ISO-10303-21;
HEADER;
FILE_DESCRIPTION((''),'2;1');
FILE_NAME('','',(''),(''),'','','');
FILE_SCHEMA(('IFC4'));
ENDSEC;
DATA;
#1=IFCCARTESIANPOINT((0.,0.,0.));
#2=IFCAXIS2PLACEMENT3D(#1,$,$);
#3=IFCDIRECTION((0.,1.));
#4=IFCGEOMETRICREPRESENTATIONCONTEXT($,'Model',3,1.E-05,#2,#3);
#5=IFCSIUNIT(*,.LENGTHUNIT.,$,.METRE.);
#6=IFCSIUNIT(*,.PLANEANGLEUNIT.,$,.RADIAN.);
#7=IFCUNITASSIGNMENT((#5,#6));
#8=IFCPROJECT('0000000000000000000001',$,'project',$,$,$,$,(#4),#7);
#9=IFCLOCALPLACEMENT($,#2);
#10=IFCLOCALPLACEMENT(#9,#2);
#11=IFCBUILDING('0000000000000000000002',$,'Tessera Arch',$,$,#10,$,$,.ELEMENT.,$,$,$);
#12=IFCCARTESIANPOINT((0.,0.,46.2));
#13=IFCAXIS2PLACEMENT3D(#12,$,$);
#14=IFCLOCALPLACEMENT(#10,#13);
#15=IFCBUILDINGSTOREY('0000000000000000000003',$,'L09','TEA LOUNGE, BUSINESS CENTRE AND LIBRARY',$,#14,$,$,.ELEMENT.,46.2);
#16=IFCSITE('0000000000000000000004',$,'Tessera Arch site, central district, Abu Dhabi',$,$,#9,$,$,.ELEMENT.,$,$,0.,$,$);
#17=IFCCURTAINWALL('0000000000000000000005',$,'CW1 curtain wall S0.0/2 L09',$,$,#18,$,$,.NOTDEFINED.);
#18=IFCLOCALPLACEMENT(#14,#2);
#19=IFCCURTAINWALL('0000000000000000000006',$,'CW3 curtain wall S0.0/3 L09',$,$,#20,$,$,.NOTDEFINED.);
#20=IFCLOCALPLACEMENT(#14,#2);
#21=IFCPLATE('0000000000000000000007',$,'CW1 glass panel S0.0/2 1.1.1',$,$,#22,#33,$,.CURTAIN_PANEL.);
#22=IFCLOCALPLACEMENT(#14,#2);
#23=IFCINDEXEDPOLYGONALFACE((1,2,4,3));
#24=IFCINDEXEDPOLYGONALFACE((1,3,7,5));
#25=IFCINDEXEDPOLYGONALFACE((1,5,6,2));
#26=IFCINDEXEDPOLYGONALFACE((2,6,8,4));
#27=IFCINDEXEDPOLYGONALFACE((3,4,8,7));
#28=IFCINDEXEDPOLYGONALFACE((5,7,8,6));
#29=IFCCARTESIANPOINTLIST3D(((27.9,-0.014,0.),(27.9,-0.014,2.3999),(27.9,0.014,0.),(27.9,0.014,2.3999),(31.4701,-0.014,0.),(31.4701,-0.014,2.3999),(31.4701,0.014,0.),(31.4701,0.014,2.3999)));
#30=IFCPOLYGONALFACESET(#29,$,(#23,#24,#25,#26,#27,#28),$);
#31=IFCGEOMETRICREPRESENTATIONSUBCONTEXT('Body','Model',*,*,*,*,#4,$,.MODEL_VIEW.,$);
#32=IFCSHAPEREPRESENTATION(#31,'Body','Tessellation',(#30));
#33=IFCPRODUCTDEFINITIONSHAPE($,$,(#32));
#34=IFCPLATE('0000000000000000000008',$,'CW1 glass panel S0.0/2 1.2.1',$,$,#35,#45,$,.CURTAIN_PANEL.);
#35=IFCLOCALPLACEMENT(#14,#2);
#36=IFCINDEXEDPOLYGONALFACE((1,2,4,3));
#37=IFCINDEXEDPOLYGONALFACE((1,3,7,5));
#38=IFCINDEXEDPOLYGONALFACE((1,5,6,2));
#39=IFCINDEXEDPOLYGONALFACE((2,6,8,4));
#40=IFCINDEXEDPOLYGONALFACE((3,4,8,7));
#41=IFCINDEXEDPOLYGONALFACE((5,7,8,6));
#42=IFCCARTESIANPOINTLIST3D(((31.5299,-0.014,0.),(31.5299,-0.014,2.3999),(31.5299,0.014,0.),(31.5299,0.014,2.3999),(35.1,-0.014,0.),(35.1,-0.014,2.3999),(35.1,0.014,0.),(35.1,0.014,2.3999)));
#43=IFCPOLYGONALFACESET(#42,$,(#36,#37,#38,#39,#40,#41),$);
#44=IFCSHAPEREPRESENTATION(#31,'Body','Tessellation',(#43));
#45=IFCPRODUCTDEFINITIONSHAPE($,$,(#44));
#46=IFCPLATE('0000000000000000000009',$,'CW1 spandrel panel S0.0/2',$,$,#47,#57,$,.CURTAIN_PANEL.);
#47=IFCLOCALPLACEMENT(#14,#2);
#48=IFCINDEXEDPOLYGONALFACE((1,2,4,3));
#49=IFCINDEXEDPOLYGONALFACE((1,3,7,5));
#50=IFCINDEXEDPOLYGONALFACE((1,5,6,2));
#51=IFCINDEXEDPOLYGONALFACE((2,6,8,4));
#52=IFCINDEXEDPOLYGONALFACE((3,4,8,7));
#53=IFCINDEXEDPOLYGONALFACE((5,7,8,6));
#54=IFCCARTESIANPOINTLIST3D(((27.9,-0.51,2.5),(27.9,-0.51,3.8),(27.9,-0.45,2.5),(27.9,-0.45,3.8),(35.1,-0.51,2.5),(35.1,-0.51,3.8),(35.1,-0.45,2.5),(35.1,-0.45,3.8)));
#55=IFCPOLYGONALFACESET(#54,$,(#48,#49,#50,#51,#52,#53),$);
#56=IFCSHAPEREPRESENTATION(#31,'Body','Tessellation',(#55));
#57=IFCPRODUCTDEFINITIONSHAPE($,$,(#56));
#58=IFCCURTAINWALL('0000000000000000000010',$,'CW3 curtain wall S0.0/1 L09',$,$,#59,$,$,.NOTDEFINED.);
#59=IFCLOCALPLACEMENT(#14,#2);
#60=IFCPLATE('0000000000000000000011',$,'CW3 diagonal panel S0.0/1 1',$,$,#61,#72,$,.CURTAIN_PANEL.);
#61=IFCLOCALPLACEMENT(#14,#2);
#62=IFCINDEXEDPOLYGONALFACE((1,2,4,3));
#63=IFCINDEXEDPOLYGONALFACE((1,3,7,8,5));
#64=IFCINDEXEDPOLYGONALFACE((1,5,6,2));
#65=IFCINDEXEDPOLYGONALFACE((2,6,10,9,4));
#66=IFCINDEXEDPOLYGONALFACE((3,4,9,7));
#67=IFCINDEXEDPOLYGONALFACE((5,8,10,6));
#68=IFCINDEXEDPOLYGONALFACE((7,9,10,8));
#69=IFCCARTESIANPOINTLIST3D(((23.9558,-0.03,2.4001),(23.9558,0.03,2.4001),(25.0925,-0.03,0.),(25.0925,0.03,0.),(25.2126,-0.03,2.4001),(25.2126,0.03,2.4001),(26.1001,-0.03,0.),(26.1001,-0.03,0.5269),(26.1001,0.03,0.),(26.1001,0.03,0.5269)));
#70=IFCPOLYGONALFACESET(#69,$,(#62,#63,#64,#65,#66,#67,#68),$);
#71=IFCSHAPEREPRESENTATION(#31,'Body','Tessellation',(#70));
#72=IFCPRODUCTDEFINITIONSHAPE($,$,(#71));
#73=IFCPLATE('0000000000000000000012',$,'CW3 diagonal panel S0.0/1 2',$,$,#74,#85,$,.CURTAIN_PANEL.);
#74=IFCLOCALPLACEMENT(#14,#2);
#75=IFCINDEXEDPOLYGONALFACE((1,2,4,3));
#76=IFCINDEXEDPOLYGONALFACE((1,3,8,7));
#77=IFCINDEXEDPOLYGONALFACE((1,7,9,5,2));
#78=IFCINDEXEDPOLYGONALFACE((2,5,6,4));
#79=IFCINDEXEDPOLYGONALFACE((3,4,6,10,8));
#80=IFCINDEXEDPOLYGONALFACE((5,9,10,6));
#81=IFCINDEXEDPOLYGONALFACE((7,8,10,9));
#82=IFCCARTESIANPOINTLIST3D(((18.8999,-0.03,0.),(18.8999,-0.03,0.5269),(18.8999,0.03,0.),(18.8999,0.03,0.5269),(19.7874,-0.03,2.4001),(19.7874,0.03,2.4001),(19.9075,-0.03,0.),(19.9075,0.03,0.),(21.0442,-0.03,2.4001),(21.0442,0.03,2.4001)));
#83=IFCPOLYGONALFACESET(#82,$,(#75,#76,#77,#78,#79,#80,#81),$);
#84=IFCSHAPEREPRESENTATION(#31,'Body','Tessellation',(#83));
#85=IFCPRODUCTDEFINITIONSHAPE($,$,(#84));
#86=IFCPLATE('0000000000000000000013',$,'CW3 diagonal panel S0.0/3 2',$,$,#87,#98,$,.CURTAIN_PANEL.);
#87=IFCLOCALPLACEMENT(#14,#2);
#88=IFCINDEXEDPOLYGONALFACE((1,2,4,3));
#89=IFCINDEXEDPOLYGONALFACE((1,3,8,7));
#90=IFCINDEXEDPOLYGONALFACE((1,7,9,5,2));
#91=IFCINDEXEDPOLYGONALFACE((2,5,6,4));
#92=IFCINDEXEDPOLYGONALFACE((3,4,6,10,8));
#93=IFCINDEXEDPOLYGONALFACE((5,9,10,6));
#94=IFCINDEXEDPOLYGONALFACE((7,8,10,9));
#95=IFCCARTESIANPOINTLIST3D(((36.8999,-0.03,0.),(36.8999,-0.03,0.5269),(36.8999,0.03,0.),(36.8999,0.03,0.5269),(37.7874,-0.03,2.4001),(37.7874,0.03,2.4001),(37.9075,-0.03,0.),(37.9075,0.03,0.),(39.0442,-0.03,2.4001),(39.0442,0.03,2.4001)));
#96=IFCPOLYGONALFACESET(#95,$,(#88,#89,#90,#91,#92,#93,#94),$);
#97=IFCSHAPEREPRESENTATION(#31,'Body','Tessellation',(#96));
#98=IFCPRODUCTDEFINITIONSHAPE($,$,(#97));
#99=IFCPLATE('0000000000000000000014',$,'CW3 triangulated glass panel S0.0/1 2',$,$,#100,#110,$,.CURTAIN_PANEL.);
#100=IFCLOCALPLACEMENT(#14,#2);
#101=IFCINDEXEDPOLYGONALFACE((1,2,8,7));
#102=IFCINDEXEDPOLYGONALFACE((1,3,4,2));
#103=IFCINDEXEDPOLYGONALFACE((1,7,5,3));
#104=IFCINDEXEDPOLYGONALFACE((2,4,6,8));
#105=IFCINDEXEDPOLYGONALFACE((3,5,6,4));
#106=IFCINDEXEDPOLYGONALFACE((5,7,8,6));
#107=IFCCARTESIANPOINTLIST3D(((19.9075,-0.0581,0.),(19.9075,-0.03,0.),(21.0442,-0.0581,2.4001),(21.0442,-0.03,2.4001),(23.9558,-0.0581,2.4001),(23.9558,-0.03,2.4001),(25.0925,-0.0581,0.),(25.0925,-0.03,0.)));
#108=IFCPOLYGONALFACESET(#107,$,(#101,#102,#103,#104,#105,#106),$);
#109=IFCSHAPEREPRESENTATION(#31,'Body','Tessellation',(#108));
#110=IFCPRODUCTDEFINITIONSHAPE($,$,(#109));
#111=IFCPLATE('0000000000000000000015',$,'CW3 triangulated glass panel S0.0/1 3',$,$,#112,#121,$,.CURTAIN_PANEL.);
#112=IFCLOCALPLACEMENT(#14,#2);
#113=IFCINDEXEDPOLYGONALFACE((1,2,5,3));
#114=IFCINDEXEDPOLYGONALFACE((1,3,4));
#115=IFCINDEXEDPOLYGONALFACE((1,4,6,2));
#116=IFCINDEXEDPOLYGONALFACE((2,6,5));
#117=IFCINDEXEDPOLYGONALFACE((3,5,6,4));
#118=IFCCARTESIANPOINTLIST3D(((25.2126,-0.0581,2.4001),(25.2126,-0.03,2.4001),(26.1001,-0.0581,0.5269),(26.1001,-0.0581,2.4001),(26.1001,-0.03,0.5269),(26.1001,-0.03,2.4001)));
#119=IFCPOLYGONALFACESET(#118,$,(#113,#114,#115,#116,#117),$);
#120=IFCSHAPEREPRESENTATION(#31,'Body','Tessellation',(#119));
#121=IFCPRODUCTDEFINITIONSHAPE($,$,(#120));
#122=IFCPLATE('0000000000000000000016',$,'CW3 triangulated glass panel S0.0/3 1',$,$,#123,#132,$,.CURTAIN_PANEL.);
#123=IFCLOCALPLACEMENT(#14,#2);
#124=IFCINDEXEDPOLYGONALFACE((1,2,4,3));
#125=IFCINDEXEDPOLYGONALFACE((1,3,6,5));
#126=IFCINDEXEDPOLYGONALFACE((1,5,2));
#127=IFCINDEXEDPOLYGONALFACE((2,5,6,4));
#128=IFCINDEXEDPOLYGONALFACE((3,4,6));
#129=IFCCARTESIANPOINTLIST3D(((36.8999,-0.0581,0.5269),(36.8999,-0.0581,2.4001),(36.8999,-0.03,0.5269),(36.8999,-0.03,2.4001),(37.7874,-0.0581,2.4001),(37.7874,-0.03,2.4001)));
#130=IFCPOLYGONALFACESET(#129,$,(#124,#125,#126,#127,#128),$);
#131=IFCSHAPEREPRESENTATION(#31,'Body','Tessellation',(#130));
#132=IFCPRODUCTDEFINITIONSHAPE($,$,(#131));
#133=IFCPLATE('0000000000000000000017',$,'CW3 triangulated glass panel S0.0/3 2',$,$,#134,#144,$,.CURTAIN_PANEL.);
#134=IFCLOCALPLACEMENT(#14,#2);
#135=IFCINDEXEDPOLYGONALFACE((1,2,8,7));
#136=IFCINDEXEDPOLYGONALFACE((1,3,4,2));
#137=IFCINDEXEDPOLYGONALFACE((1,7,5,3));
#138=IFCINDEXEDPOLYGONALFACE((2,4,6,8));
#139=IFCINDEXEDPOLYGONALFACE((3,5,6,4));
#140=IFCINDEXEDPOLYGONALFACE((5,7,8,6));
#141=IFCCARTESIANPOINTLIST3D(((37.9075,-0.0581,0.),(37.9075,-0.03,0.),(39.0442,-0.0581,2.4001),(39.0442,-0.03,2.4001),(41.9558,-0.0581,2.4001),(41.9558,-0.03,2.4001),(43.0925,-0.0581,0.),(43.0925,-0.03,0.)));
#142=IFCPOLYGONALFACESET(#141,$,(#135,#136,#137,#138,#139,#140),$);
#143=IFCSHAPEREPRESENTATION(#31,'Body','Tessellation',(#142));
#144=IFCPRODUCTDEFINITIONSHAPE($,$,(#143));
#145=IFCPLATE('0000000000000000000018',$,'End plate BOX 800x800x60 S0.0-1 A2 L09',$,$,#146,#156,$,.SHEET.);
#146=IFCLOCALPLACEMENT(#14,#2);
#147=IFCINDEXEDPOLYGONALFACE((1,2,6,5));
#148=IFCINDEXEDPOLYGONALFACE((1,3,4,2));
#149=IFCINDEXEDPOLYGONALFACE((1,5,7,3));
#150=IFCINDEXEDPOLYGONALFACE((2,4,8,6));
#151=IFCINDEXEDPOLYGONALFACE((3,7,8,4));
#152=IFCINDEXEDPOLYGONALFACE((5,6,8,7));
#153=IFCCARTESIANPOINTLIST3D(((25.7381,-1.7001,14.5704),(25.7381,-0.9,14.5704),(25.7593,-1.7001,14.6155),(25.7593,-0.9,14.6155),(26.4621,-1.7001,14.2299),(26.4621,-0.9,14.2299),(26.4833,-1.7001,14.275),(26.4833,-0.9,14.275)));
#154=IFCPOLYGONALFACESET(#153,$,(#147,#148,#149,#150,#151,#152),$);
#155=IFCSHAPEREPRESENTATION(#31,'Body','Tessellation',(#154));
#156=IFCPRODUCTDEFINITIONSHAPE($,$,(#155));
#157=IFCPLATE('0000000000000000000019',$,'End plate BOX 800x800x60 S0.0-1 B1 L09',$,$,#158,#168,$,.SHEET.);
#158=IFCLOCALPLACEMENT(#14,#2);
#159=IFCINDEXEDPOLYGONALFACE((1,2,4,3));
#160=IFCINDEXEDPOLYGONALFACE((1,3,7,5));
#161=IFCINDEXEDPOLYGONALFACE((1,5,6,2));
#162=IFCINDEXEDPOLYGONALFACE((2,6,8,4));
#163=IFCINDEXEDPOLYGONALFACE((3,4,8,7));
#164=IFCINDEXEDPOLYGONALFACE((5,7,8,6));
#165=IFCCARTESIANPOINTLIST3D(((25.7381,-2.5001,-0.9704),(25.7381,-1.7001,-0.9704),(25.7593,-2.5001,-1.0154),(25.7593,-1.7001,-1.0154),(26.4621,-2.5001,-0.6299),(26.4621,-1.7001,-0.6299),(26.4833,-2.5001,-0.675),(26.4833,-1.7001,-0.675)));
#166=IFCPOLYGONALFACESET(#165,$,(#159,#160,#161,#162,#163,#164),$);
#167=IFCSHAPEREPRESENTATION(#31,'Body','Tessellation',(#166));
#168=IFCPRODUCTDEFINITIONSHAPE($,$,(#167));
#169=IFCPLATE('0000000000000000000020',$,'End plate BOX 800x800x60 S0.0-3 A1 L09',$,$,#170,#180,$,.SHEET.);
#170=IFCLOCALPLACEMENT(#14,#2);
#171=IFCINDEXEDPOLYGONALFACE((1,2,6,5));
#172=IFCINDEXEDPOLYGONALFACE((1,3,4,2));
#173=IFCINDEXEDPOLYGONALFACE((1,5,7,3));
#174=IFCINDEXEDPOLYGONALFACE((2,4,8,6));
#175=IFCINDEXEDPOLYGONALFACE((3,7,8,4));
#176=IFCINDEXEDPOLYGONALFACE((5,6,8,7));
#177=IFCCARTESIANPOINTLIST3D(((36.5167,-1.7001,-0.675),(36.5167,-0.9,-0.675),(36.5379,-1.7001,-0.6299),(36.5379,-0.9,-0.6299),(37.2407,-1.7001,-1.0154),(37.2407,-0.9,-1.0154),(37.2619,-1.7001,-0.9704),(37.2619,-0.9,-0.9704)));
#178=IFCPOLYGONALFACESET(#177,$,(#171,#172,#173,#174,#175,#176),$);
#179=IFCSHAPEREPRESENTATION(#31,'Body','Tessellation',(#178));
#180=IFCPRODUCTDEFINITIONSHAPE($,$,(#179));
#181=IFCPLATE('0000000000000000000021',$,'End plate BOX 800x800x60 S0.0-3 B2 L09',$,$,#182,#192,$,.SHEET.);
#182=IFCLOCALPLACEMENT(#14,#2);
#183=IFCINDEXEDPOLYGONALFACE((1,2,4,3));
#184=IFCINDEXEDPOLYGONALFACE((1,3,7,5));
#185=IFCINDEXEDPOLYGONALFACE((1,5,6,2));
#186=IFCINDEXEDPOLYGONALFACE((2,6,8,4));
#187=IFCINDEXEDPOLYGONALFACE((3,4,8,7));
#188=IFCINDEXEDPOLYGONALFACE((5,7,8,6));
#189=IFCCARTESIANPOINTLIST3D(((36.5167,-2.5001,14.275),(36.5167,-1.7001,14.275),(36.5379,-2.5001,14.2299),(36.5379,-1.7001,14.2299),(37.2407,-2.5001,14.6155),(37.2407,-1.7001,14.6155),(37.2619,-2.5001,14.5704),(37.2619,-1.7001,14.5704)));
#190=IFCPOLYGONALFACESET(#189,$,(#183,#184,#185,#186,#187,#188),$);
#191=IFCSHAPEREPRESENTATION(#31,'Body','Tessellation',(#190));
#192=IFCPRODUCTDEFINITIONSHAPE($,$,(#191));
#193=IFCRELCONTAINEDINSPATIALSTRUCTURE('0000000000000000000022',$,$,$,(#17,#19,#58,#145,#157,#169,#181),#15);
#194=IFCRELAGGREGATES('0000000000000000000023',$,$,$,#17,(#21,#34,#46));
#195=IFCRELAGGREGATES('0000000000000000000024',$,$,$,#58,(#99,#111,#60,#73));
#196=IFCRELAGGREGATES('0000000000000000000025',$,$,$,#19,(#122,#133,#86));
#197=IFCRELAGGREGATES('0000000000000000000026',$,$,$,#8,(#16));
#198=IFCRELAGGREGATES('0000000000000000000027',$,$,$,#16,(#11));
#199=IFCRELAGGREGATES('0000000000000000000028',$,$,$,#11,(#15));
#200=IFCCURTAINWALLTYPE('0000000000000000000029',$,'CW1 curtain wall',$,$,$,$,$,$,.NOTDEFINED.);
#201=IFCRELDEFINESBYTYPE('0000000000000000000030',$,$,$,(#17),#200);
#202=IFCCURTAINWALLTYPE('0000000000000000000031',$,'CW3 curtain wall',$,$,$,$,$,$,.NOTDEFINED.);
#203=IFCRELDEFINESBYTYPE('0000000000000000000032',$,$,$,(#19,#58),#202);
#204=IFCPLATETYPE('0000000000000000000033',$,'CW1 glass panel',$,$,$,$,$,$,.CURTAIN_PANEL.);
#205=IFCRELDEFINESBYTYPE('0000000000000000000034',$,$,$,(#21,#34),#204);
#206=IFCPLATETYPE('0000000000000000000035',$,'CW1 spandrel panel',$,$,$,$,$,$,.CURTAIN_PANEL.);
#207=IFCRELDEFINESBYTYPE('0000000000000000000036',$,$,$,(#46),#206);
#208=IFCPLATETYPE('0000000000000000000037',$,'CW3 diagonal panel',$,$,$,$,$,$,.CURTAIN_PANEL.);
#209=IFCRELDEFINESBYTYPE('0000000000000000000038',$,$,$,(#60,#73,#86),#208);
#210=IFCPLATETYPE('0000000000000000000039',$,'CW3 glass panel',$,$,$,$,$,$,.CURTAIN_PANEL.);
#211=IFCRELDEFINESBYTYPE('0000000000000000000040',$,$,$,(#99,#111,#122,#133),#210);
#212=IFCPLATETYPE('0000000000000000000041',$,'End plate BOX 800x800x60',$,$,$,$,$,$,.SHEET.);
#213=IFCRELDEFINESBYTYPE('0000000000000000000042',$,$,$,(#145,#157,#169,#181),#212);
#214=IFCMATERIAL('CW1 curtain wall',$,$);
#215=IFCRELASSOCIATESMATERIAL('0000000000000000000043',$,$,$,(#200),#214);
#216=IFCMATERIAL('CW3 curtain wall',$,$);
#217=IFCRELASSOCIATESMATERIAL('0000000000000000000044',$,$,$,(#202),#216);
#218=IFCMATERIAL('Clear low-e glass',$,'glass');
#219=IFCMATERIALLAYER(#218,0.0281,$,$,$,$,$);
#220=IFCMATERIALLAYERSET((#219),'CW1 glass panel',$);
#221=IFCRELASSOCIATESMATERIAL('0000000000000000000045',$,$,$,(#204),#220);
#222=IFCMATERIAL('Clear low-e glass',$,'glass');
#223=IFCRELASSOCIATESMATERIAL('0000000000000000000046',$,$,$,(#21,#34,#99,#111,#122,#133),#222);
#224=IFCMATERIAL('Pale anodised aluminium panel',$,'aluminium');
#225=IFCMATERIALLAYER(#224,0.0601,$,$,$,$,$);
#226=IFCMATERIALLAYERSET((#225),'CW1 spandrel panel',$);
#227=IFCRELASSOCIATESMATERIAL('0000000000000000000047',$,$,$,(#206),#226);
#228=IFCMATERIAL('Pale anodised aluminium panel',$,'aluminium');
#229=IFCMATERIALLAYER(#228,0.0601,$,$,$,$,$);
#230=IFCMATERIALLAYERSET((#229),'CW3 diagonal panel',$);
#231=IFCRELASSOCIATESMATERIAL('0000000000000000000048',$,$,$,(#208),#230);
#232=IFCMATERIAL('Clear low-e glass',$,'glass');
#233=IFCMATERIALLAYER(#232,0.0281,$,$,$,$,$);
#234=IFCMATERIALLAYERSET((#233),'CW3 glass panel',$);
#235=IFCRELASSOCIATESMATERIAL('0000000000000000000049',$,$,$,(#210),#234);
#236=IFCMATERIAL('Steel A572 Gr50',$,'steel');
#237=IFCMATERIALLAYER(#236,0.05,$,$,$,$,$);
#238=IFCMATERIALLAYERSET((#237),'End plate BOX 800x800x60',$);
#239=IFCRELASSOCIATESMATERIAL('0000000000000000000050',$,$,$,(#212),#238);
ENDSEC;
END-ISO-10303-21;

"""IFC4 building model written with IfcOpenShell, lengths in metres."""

from ifc_helpers import new_model, si_unit, direction, frame, origin, origin_2d, place, context, subcontext, project, spatial, polyline, rectangle, outline, extrude, material, layer, layer_set, type_object, element, aggregate, save


model = new_model("IFC4")

# Units and contexts
model_context = context("Model", 3, precision=1e-05, world=origin(), true_north=direction((0.0, 1.0)))
body_context = subcontext(model_context, "Body", "Model", "MODEL_VIEW")
ifc_project = project(units=[si_unit("LENGTHUNIT", "METRE"), si_unit("PLANEANGLEUNIT", "RADIAN")], contexts=[model_context])

# Site, building, storey
site_placement = place(None, origin())
site = spatial("IfcSite", under=ifc_project, at=site_placement, Name="Tessera Arch site, central district, Abu Dhabi", CompositionType="ELEMENT", RefElevation=0.0)
building_placement = place(site_placement, origin())
building = spatial("IfcBuilding", under=site, at=building_placement, Name="Tessera Arch", CompositionType="ELEMENT")
storey_placement = place(building_placement, frame((0.0, 0.0, 46.2)))
storey = spatial("IfcBuildingStorey", under=building, at=storey_placement, Name="L09", Description="TEA LOUNGE, BUSINESS CENTRE AND LIBRARY", CompositionType="ELEMENT", Elevation=46.2)

# Curtain wall
ifc_material_1 = material(Name="CW1 curtain wall")
curtain_wall_type_1 = type_object("IfcCurtainWallType", Name="CW1 curtain wall", PredefinedType="NOTDEFINED", material=ifc_material_1)
curtain_wall_1_placement = place(storey_placement, origin())
curtain_wall_1 = element("IfcCurtainWall", 1, at=curtain_wall_1_placement, inside=storey, type_object=curtain_wall_type_1, Name="CW1 curtain wall S0.0/2 L09", PredefinedType="NOTDEFINED")

# Curtain wall
ifc_material_2 = material(Name="CW3 curtain wall")
curtain_wall_type_2 = type_object("IfcCurtainWallType", Name="CW3 curtain wall", PredefinedType="NOTDEFINED", material=ifc_material_2)
curtain_wall_2_placement = place(storey_placement, origin())
curtain_wall_2 = element("IfcCurtainWall", 2, at=curtain_wall_2_placement, inside=storey, type_object=curtain_wall_type_2, Name="CW3 curtain wall S0.0/3 L09", PredefinedType="NOTDEFINED")

# Plates
ifc_material_3 = material(Name="Clear low-e glass", Category="glass")
ifc_material_4 = material(Name="Clear low-e glass", Category="glass")
ifc_layer_1 = layer(ifc_material_4, 0.0281)
ifc_layer_set_1 = layer_set([ifc_layer_1], Name="CW1 glass panel")
plate_type_1 = type_object("IfcPlateType", Name="CW1 glass panel", PredefinedType="CURTAIN_PANEL", material=ifc_layer_set_1)
plate_1_placement = place(storey_placement, frame((29.6851, 0.0, 0.0), z_axis=(0.0, 0.0, 1.0), x_axis=(1.0, 0.0, 0.0)))
plate_1 = element("IfcPlate", 3, at=plate_1_placement, type_object=plate_type_1, material=ifc_material_3, Name="CW1 glass panel S0.0/2 1.1.1", PredefinedType="CURTAIN_PANEL", context=body_context, shape_type="SweptSolid", body=[
    extrude(rectangle(XDim=3.5701, YDim=0.0281, at=origin_2d()), origin(), (0.0, 0.0, 1.0), 2.3999),
])
plate_2_placement = place(storey_placement, frame((33.3149, 0.0, 0.0), z_axis=(0.0, 0.0, 1.0), x_axis=(1.0, 0.0, 0.0)))
plate_2 = element("IfcPlate", 4, at=plate_2_placement, type_object=plate_type_1, material=ifc_material_3, Name="CW1 glass panel S0.0/2 1.2.1", PredefinedType="CURTAIN_PANEL", context=body_context, shape_type="SweptSolid", body=[
    extrude(rectangle(XDim=3.5701, YDim=0.0281, at=origin_2d()), origin(), (0.0, 0.0, 1.0), 2.3999),
])
ifc_material_5 = material(Name="Pale anodised aluminium panel", Category="aluminium")
ifc_layer_2 = layer(ifc_material_5, 0.0601)
ifc_layer_set_2 = layer_set([ifc_layer_2], Name="CW1 spandrel panel")
plate_type_2 = type_object("IfcPlateType", Name="CW1 spandrel panel", PredefinedType="CURTAIN_PANEL", material=ifc_layer_set_2)
plate_3_placement = place(storey_placement, frame((31.5, -0.48, 2.5), z_axis=(0.0, 0.0, 1.0), x_axis=(1.0, 0.0, 0.0)))
plate_3 = element("IfcPlate", 5, at=plate_3_placement, type_object=plate_type_2, Name="CW1 spandrel panel S0.0/2", PredefinedType="CURTAIN_PANEL", context=body_context, shape_type="SweptSolid", body=[
    extrude(rectangle(XDim=7.2, YDim=0.0601, at=origin_2d()), origin(), (0.0, 0.0, 1.0), 1.3),
])
aggregate(curtain_wall_1, [plate_1, plate_2, plate_3])

# Curtain wall, plates
curtain_wall_3_placement = place(storey_placement, origin())
curtain_wall_3 = element("IfcCurtainWall", 6, at=curtain_wall_3_placement, inside=storey, type_object=curtain_wall_type_2, Name="CW3 curtain wall S0.0/1 L09", PredefinedType="NOTDEFINED")
ifc_material_6 = material(Name="Pale anodised aluminium panel", Category="aluminium")
ifc_layer_3 = layer(ifc_material_6, 0.0601)
ifc_layer_set_3 = layer_set([ifc_layer_3], Name="CW3 diagonal panel")
plate_type_3 = type_object("IfcPlateType", Name="CW3 diagonal panel", PredefinedType="CURTAIN_PANEL", material=ifc_layer_set_3)
plate_4_placement = place(storey_placement, frame((26.1001, -0.03, 0.0), z_axis=(0.0, -1.0, 0.0), x_axis=(0.0, 0.0, 1.0)))
plate_4 = element("IfcPlate", 7, at=plate_4_placement, type_object=plate_type_3, Name="CW3 diagonal panel S0.0/1 1", PredefinedType="CURTAIN_PANEL", context=body_context, shape_type="SweptSolid", body=[
    extrude(outline(polyline([(0.0, 0.0), (0.5269, 0.0), (2.4001, 0.8875), (2.4001, 2.1443), (0.0, 1.0076), (0.0, 0.0)])), origin(), (0.0, 0.0, -1.0), 0.0601),
])
plate_5_placement = place(storey_placement, frame((21.0442, -0.03, 2.4001), z_axis=(0.0, -1.0, 0.0), x_axis=(-1.0, 0.0, 0.0)))
plate_5 = element("IfcPlate", 8, at=plate_5_placement, type_object=plate_type_3, Name="CW3 diagonal panel S0.0/1 2", PredefinedType="CURTAIN_PANEL", context=body_context, shape_type="SweptSolid", body=[
    extrude(outline(polyline([(0.0, 0.0), (1.2568, 0.0), (2.1443, 1.8733), (2.1443, 2.4001), (1.1367, 2.4001), (0.0, 0.0)])), origin(), (0.0, 0.0, -1.0), 0.0601),
])

# Plates
plate_6_placement = place(storey_placement, frame((39.0442, -0.03, 2.4001), z_axis=(0.0, -1.0, 0.0), x_axis=(-1.0, 0.0, 0.0)))
plate_6 = element("IfcPlate", 9, at=plate_6_placement, type_object=plate_type_3, Name="CW3 diagonal panel S0.0/3 2", PredefinedType="CURTAIN_PANEL", context=body_context, shape_type="SweptSolid", body=[
    extrude(outline(polyline([(0.0, 0.0), (1.2568, 0.0), (2.1443, 1.8733), (2.1443, 2.4001), (1.1367, 2.4001), (0.0, 0.0)])), origin(), (0.0, 0.0, -1.0), 0.0601),
])
ifc_material_7 = material(Name="Clear low-e glass", Category="glass")
ifc_layer_4 = layer(ifc_material_7, 0.0281)
ifc_layer_set_4 = layer_set([ifc_layer_4], Name="CW3 glass panel")
plate_type_4 = type_object("IfcPlateType", Name="CW3 glass panel", PredefinedType="CURTAIN_PANEL", material=ifc_layer_set_4)
plate_7_placement = place(storey_placement, frame((23.9558, -0.0581, 2.4001), z_axis=(0.0, -1.0, 0.0), x_axis=(-1.0, 0.0, 0.0)))
plate_7 = element("IfcPlate", 10, at=plate_7_placement, type_object=plate_type_4, material=ifc_material_3, Name="CW3 triangulated glass panel S0.0/1 2", PredefinedType="CURTAIN_PANEL", context=body_context, shape_type="SweptSolid", body=[
    extrude(outline(polyline([(0.0, 0.0), (2.9116, 0.0), (4.0483, 2.4001), (-1.1367, 2.4001), (0.0, 0.0)])), origin(), (0.0, 0.0, -1.0), 0.0281),
])
plate_8_placement = place(storey_placement, frame((26.1001, -0.0581, 2.4001), z_axis=(0.0, -1.0, 0.0), x_axis=(-1.0, 0.0, 0.0)))
plate_8 = element("IfcPlate", 11, at=plate_8_placement, type_object=plate_type_4, material=ifc_material_3, Name="CW3 triangulated glass panel S0.0/1 3", PredefinedType="CURTAIN_PANEL", context=body_context, shape_type="SweptSolid", body=[
    extrude(outline(polyline([(0.0, 0.0), (0.8875, 0.0), (0.0, 1.8733), (0.0, 0.0)])), origin(), (0.0, 0.0, -1.0), 0.0281),
])
aggregate(curtain_wall_3, [plate_7, plate_8, plate_4, plate_5])
plate_9_placement = place(storey_placement, frame((36.8999, -0.0581, 2.4001), z_axis=(0.0, -1.0, 0.0), x_axis=(0.0, 0.0, -1.0)))
plate_9 = element("IfcPlate", 12, at=plate_9_placement, type_object=plate_type_4, material=ifc_material_3, Name="CW3 triangulated glass panel S0.0/3 1", PredefinedType="CURTAIN_PANEL", context=body_context, shape_type="SweptSolid", body=[
    extrude(outline(polyline([(0.0, 0.0), (1.8733, 0.0), (0.0, 0.8875), (0.0, 0.0)])), origin(), (0.0, 0.0, -1.0), 0.0281),
])
plate_10_placement = place(storey_placement, frame((41.9558, -0.0581, 2.4001), z_axis=(0.0, -1.0, 0.0), x_axis=(-1.0, 0.0, 0.0)))
plate_10 = element("IfcPlate", 13, at=plate_10_placement, type_object=plate_type_4, material=ifc_material_3, Name="CW3 triangulated glass panel S0.0/3 2", PredefinedType="CURTAIN_PANEL", context=body_context, shape_type="SweptSolid", body=[
    extrude(outline(polyline([(0.0, 0.0), (2.9116, 0.0), (4.0483, 2.4001), (-1.1367, 2.4001), (0.0, 0.0)])), origin(), (0.0, 0.0, -1.0), 0.0281),
])
aggregate(curtain_wall_2, [plate_9, plate_10, plate_6])

# Plates
ifc_material_8 = material(Name="Steel A572 Gr50", Category="steel")
ifc_layer_5 = layer(ifc_material_8, 0.05)
ifc_layer_set_5 = layer_set([ifc_layer_5], Name="End plate BOX 800x800x60")
plate_type_5 = type_object("IfcPlateType", Name="End plate BOX 800x800x60", PredefinedType="SHEET", material=ifc_layer_set_5)
for number, where, z_axis, x_axis, name in (
    (14, (26.1001, -1.3, 14.4001), (0.425561, 0.0, 0.90493), (0.0, 1.0, 0.0), "End plate BOX 800x800x60 S0.0-1 A2 L09"),
    (15, (26.1213, -2.1001, -0.8452), (-0.425561, 0.0, 0.90493), (0.0, -1.0, 0.0), "End plate BOX 800x800x60 S0.0-1 B1 L09"),
    (16, (36.8787, -1.3, -0.8452), (0.425561, 0.0, 0.90493), (0.0, 1.0, 0.0), "End plate BOX 800x800x60 S0.0-3 A1 L09"),
    (17, (36.8999, -2.1001, 14.4001), (-0.425561, 0.0, 0.90493), (0.0, -1.0, 0.0), "End plate BOX 800x800x60 S0.0-3 B2 L09"),
):
    element("IfcPlate", number, at=place(storey_placement, frame(where, z_axis=z_axis, x_axis=x_axis)), inside=storey, type_object=plate_type_5, Name=name, PredefinedType="SHEET", context=body_context, shape_type="SweptSolid", body=[
        extrude(rectangle(XDim=0.8, YDim=0.8, at=origin_2d()), origin(), (0.0, 0.0, 1.0), 0.0498),
    ])

save(model, "model.ifc")
